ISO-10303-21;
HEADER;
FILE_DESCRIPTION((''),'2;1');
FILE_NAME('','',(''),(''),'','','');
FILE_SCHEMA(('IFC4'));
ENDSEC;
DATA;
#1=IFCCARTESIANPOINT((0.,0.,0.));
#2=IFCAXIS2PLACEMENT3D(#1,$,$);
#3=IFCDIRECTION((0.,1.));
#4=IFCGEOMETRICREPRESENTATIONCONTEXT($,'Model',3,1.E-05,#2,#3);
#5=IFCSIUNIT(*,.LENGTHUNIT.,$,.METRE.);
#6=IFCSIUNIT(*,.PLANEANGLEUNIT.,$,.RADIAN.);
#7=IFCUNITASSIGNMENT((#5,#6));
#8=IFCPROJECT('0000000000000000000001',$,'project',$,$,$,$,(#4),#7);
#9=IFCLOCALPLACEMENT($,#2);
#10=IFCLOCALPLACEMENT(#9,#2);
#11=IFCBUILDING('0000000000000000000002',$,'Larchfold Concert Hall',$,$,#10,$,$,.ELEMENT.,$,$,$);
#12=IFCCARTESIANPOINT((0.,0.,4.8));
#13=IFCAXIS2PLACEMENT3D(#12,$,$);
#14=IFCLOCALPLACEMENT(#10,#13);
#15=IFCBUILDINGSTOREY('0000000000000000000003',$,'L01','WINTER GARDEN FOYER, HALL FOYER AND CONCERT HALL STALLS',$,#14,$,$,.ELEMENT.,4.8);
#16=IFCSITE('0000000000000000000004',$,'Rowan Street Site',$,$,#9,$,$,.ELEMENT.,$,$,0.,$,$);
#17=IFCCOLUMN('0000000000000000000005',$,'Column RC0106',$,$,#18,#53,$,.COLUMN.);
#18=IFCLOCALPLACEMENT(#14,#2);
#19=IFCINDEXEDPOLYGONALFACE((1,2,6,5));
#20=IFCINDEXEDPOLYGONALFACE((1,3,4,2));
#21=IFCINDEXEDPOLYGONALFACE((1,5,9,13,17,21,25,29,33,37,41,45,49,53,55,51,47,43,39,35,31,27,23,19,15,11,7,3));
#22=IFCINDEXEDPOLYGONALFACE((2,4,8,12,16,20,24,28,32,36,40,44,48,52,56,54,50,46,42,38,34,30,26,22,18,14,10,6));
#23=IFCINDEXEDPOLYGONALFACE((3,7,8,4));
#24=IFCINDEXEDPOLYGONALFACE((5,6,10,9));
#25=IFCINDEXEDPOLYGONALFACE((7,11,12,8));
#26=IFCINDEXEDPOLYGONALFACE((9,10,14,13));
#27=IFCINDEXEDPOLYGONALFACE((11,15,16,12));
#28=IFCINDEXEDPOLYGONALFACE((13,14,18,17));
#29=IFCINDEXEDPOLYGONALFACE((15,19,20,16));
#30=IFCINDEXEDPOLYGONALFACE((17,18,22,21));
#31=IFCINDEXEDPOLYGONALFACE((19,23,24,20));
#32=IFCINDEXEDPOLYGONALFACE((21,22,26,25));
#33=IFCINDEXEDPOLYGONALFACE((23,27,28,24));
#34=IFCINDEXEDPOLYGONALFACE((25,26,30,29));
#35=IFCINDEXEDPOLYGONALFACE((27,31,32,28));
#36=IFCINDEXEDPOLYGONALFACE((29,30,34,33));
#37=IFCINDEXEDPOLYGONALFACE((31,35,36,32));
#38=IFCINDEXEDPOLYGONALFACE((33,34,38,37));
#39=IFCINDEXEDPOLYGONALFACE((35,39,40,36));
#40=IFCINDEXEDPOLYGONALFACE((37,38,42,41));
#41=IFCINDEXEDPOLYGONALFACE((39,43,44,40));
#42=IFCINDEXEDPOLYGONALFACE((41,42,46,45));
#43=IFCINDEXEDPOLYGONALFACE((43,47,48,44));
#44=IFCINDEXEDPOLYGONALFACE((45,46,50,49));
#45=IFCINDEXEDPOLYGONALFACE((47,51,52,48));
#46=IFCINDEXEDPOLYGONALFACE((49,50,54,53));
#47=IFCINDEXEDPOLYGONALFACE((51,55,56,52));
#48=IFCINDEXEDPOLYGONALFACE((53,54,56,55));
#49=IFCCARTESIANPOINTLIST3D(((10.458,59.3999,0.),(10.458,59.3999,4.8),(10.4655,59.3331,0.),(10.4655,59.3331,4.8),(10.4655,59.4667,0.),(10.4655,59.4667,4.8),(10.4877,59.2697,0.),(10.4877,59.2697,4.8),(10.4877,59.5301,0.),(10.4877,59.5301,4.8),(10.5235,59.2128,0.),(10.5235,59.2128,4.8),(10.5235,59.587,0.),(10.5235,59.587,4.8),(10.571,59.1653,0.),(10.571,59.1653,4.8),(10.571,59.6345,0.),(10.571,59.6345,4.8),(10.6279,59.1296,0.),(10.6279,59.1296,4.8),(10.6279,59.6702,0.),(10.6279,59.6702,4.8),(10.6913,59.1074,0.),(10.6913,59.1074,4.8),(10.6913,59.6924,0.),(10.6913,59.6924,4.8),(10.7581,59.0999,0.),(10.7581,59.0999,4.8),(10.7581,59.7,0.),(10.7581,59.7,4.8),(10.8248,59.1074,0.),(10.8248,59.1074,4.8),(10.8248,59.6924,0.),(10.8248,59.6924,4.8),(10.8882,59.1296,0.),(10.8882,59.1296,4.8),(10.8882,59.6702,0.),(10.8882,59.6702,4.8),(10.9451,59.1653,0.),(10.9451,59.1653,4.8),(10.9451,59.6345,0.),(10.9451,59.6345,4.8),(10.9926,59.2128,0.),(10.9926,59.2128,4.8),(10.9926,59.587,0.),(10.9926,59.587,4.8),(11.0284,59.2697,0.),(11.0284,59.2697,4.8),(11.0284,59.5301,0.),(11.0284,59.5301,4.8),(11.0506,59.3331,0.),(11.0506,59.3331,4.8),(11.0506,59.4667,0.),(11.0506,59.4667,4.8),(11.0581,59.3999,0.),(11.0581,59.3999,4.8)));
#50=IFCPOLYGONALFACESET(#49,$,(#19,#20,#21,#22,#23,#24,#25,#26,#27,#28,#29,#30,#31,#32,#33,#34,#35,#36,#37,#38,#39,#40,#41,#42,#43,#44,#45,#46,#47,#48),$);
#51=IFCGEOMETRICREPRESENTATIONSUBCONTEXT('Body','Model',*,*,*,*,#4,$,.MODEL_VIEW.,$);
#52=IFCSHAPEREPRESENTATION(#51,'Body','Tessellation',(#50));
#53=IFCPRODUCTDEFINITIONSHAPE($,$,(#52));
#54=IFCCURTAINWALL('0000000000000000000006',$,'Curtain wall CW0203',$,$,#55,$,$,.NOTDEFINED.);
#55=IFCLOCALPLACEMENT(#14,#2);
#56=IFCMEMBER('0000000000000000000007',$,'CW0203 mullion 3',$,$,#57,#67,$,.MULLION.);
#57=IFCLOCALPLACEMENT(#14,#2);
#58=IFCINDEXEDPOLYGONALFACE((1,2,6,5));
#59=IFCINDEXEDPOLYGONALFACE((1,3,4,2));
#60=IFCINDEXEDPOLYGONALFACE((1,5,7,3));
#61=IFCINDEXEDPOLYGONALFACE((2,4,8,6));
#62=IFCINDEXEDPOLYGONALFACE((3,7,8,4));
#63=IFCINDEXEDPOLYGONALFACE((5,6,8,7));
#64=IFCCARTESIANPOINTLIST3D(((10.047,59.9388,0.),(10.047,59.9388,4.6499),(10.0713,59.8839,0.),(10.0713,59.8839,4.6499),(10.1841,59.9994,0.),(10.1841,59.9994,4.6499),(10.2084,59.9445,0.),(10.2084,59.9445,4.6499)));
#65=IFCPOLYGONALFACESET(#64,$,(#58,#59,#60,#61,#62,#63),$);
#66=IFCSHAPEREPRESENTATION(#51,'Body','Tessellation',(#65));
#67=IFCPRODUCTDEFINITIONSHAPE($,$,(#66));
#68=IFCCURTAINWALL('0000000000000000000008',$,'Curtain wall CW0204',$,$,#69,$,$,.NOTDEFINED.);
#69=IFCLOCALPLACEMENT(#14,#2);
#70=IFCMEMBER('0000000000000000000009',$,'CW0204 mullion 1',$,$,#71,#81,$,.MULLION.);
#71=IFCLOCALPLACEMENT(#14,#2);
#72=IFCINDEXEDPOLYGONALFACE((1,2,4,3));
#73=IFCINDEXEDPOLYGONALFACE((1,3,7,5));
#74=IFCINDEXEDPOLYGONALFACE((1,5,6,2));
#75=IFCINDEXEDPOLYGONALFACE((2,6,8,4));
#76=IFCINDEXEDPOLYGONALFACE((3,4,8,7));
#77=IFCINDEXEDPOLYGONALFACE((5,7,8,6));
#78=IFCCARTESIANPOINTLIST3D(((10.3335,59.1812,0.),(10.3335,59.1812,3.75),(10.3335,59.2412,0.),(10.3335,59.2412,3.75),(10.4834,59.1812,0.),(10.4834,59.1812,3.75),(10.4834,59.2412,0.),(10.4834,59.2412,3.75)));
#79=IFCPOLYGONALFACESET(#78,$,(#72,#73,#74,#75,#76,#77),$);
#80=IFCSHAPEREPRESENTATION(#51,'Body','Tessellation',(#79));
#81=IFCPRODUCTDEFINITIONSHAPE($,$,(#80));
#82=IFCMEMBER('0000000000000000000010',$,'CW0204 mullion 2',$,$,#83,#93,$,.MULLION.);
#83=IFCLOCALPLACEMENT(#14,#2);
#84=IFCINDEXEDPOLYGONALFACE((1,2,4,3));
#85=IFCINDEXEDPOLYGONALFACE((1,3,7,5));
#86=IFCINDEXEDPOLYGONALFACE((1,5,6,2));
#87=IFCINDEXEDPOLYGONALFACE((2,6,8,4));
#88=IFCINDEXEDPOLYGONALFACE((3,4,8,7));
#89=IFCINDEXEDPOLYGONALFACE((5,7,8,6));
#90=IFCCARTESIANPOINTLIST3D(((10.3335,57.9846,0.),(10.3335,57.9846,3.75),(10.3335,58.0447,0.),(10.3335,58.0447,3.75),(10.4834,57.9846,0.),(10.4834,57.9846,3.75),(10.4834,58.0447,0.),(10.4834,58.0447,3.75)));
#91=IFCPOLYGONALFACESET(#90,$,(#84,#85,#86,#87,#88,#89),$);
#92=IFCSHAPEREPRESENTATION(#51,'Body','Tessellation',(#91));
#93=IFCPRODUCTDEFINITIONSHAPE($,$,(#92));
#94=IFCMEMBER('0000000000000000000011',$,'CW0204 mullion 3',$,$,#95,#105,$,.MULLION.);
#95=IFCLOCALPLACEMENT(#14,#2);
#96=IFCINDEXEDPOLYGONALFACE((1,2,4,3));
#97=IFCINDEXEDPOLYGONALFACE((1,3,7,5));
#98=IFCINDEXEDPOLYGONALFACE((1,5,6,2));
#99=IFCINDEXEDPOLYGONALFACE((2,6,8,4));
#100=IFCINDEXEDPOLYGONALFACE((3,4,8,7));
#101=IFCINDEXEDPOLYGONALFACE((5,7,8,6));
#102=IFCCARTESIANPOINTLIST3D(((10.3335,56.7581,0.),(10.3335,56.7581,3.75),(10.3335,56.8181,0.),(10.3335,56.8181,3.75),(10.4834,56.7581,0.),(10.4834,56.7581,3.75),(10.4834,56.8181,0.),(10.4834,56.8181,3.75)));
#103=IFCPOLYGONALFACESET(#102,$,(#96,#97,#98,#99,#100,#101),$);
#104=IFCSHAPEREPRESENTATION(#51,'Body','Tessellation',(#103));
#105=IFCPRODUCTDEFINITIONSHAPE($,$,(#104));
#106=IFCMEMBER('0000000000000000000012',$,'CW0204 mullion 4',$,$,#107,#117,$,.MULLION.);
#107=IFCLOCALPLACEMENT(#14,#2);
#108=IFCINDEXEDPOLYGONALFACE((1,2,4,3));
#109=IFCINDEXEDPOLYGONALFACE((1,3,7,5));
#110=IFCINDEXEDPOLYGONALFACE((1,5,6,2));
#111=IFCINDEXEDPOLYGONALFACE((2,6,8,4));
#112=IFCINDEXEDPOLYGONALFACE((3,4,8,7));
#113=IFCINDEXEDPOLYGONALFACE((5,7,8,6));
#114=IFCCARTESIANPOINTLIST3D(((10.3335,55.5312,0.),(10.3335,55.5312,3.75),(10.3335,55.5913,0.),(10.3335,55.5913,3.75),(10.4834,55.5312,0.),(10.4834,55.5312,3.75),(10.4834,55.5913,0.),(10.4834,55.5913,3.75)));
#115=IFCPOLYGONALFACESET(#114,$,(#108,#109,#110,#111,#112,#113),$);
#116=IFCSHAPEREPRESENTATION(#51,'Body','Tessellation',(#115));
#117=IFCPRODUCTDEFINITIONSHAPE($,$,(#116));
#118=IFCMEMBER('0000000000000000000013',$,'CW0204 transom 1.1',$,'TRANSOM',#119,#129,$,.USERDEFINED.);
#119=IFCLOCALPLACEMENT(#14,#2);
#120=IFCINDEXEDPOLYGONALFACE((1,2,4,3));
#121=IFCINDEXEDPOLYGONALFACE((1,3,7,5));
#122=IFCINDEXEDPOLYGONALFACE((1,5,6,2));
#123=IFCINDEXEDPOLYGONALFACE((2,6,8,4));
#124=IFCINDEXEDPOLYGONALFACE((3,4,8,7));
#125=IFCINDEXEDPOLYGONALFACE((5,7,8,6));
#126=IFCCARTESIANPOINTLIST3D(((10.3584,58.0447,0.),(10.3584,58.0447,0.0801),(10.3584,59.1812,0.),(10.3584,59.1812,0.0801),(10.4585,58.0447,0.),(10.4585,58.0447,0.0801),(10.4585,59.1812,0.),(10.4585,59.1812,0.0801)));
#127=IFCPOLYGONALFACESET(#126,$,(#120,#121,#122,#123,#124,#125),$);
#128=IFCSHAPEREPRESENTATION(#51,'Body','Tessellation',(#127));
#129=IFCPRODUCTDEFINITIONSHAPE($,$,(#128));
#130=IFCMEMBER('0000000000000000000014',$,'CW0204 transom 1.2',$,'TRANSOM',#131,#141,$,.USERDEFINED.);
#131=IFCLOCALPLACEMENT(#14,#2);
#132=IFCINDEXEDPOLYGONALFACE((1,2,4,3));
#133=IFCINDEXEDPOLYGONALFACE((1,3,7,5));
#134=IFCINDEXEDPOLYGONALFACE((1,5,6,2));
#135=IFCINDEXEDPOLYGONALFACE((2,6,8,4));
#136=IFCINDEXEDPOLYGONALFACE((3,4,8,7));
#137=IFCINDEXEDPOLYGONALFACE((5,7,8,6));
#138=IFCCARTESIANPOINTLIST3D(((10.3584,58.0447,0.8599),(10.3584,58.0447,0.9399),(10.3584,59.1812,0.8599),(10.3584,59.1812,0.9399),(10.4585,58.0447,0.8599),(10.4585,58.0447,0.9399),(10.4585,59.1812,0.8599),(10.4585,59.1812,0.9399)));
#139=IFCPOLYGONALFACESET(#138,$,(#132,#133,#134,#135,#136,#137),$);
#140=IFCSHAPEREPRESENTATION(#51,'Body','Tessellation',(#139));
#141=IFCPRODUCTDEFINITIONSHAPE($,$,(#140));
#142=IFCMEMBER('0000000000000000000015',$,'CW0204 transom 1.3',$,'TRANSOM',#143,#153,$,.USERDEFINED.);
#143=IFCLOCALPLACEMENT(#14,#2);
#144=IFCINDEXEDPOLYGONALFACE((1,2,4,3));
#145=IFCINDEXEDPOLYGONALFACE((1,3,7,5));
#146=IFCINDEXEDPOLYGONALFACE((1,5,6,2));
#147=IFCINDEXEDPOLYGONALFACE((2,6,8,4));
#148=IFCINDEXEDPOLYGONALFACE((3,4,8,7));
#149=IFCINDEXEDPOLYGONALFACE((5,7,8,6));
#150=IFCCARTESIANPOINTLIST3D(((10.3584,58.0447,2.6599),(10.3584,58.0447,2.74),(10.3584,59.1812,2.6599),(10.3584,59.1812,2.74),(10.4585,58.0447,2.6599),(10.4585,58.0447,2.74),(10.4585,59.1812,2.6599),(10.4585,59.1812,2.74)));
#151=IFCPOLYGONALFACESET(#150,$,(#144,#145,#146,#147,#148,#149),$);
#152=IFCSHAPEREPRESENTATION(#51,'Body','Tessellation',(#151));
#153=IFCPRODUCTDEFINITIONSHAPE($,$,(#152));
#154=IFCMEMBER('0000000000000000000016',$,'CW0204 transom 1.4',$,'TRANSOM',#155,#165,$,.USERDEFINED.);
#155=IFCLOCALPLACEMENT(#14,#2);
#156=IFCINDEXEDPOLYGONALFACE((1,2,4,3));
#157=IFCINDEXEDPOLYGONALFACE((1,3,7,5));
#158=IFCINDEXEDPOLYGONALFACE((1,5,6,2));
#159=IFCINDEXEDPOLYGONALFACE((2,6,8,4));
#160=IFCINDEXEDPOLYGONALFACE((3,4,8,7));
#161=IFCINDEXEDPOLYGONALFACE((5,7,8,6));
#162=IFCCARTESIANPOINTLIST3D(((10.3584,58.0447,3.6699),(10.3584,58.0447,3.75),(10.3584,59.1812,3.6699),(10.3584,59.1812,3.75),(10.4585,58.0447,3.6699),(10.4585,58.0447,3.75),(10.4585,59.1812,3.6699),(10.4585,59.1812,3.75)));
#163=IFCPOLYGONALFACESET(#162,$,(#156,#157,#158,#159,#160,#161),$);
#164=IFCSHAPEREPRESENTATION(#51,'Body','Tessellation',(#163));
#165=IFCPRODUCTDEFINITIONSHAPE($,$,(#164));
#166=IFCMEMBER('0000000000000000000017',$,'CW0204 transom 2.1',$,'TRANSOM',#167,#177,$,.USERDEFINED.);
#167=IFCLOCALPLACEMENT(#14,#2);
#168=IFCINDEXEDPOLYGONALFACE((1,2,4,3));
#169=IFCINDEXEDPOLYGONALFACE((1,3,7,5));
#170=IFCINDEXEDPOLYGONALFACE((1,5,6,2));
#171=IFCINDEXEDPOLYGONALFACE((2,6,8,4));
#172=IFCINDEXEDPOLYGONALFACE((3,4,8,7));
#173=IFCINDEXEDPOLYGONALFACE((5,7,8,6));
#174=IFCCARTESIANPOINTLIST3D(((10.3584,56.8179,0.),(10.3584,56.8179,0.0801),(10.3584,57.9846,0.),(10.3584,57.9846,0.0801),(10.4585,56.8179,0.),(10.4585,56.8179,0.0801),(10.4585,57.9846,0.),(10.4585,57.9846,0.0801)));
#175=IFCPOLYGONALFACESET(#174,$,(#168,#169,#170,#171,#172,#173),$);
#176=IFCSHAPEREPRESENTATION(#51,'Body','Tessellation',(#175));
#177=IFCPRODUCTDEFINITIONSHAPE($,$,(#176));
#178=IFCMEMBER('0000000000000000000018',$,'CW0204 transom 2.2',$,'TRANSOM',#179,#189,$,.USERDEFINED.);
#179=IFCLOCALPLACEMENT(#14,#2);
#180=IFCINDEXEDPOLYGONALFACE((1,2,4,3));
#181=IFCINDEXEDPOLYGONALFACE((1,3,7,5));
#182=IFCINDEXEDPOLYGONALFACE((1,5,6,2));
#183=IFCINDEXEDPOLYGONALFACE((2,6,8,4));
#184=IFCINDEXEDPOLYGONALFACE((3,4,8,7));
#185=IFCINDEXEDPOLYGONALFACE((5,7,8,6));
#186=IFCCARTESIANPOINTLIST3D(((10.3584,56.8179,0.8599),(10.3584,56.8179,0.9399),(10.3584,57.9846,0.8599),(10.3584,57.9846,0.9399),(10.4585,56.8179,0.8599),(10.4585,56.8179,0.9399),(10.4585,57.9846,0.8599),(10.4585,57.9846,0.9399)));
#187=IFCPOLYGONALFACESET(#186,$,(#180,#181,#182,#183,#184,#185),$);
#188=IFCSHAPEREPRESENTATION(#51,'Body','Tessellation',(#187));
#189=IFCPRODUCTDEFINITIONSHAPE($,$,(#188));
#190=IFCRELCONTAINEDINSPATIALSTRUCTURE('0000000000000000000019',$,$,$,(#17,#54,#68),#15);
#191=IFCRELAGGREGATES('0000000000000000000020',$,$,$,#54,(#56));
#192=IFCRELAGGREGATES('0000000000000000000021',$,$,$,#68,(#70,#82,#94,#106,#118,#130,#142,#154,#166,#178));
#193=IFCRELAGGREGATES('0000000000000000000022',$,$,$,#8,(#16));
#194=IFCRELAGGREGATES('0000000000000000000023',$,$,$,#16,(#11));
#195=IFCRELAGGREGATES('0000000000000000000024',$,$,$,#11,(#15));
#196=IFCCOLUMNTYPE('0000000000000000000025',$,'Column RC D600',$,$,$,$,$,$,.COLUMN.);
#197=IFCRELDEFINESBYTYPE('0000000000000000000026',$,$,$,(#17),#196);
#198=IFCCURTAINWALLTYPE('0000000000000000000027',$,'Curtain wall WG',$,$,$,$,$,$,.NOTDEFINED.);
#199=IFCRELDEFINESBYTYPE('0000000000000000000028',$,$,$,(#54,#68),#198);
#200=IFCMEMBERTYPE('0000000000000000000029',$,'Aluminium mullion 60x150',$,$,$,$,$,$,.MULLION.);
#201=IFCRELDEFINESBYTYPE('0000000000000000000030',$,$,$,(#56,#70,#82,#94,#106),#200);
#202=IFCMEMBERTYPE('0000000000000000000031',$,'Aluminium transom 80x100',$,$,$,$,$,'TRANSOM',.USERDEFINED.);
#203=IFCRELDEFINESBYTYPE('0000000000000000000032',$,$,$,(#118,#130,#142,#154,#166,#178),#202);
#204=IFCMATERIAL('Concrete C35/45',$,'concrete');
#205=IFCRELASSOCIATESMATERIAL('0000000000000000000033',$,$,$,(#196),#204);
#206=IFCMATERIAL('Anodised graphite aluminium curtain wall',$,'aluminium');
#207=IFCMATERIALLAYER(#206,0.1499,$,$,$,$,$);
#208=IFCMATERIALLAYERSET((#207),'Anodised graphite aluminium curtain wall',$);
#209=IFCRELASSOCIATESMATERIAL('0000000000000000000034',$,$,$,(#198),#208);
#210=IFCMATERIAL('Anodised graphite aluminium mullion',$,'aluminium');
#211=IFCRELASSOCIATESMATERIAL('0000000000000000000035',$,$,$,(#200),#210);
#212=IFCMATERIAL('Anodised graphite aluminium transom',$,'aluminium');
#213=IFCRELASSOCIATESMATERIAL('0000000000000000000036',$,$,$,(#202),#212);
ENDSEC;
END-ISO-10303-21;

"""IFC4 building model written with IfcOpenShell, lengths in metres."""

from ifc_helpers import new_model, si_unit, direction, frame, origin, origin_2d, place, context, subcontext, project, spatial, rectangle, circle, extrude, material, layer, layer_set, material_profile, profile_set, type_object, element, aggregate, save


model = new_model("IFC4")

# Units and contexts
model_context = context("Model", 3, precision=1e-05, world=origin(), true_north=direction((0.0, 1.0)))
body_context = subcontext(model_context, "Body", "Model", "MODEL_VIEW")
ifc_project = project(units=[si_unit("LENGTHUNIT", "METRE"), si_unit("PLANEANGLEUNIT", "RADIAN")], contexts=[model_context])

# Site, building, storey
site_placement = place(None, origin())
site = spatial("IfcSite", under=ifc_project, at=site_placement, Name="Rowan Street Site", CompositionType="ELEMENT", RefElevation=0.0)
building_placement = place(site_placement, origin())
building = spatial("IfcBuilding", under=site, at=building_placement, Name="Larchfold Concert Hall", CompositionType="ELEMENT")
storey_placement = place(building_placement, frame((0.0, 0.0, 4.8)))
storey = spatial("IfcBuildingStorey", under=building, at=storey_placement, Name="L01", Description="WINTER GARDEN FOYER, HALL FOYER AND CONCERT HALL STALLS", CompositionType="ELEMENT", Elevation=4.8)

# Column
ifc_material_1 = material(Name="Concrete C35/45", Category="concrete")
ifc_material_profile_1 = material_profile(ifc_material_1, circle(Radius=0.3, at=origin_2d()))
ifc_profile_set_1 = profile_set([ifc_material_profile_1], Name="Concrete C35/45")
column_type = type_object("IfcColumnType", Name="Column RC D600", PredefinedType="COLUMN", material=ifc_profile_set_1)
column_placement = place(storey_placement, frame((10.7581, 59.3999, 0.0), z_axis=(0.0, 0.0, 1.0), x_axis=(1.0, 0.0, 0.0)))
element("IfcColumn", 1, at=column_placement, inside=storey, type_object=column_type, Name="Column RC0106", PredefinedType="COLUMN", context=body_context, shape_type="SweptSolid", body=[
    extrude(circle(Radius=0.3, at=origin_2d()), origin(), (0.0, 0.0, 1.0), 4.8),
])

# Curtain wall, member
ifc_material_2 = material(Name="Anodised graphite aluminium curtain wall", Category="aluminium")
ifc_layer_1 = layer(ifc_material_2, 0.1499)
ifc_layer_set_1 = layer_set([ifc_layer_1], Name="Anodised graphite aluminium curtain wall")
curtain_wall_type = type_object("IfcCurtainWallType", Name="Curtain wall WG", PredefinedType="NOTDEFINED", material=ifc_layer_set_1)
curtain_wall_1_placement = place(storey_placement, origin())
curtain_wall_1 = element("IfcCurtainWall", 2, at=curtain_wall_1_placement, inside=storey, type_object=curtain_wall_type, Name="Curtain wall CW0203", PredefinedType="NOTDEFINED")
ifc_material_3 = material(Name="Anodised graphite aluminium mullion", Category="aluminium")
ifc_material_profile_2 = material_profile(ifc_material_3, rectangle(XDim=0.1499, YDim=0.0601, at=origin_2d()))
ifc_profile_set_2 = profile_set([ifc_material_profile_2], Name="Anodised graphite aluminium mullion")
member_type_1 = type_object("IfcMemberType", Name="Aluminium mullion 60x150", PredefinedType="MULLION", material=ifc_profile_set_2)
member_1_placement = place(storey_placement, frame((10.1277, 59.9417, 0.0), z_axis=(0.0, 0.0, 1.0), x_axis=(0.914703, 0.404126, 0.0)))
member_1 = element("IfcMember", 3, at=member_1_placement, type_object=member_type_1, Name="CW0203 mullion 3", PredefinedType="MULLION", context=body_context, shape_type="SweptSolid", body=[
    extrude(rectangle(XDim=0.1499, YDim=0.0601, at=origin_2d()), origin(), (0.0, 0.0, 1.0), 4.6499),
])
aggregate(curtain_wall_1, [member_1])

# Curtain wall, members
curtain_wall_2_placement = place(storey_placement, origin())
curtain_wall_2 = element("IfcCurtainWall", 4, at=curtain_wall_2_placement, inside=storey, type_object=curtain_wall_type, Name="Curtain wall CW0204", PredefinedType="NOTDEFINED")
member_2_placement = place(storey_placement, frame((10.4084, 59.2112, 0.0), z_axis=(0.0, 0.0, 1.0), x_axis=(1.0, 0.0, 0.0)))
member_2 = element("IfcMember", 5, at=member_2_placement, type_object=member_type_1, Name="CW0204 mullion 1", PredefinedType="MULLION", context=body_context, shape_type="SweptSolid", body=[
    extrude(rectangle(XDim=0.1499, YDim=0.0601, at=origin_2d()), origin(), (0.0, 0.0, 1.0), 3.75),
])
member_3_placement = place(storey_placement, frame((10.4084, 58.0146, 0.0), z_axis=(0.0, 0.0, 1.0), x_axis=(1.0, 0.0, 0.0)))
member_3 = element("IfcMember", 6, at=member_3_placement, type_object=member_type_1, Name="CW0204 mullion 2", PredefinedType="MULLION", context=body_context, shape_type="SweptSolid", body=[
    extrude(rectangle(XDim=0.1499, YDim=0.0601, at=origin_2d()), origin(), (0.0, 0.0, 1.0), 3.75),
])
member_4_placement = place(storey_placement, frame((10.4084, 56.7881, 0.0), z_axis=(0.0, 0.0, 1.0), x_axis=(1.0, 0.0, 0.0)))
member_4 = element("IfcMember", 7, at=member_4_placement, type_object=member_type_1, Name="CW0204 mullion 3", PredefinedType="MULLION", context=body_context, shape_type="SweptSolid", body=[
    extrude(rectangle(XDim=0.1499, YDim=0.0601, at=origin_2d()), origin(), (0.0, 0.0, 1.0), 3.75),
])
member_5_placement = place(storey_placement, frame((10.4084, 55.5613, 0.0), z_axis=(0.0, 0.0, 1.0), x_axis=(1.0, 0.0, 0.0)))
member_5 = element("IfcMember", 8, at=member_5_placement, type_object=member_type_1, Name="CW0204 mullion 4", PredefinedType="MULLION", context=body_context, shape_type="SweptSolid", body=[
    extrude(rectangle(XDim=0.1499, YDim=0.0601, at=origin_2d()), origin(), (0.0, 0.0, 1.0), 3.75),
])
ifc_material_4 = material(Name="Anodised graphite aluminium transom", Category="aluminium")
ifc_material_profile_3 = material_profile(ifc_material_4, rectangle(XDim=0.1001, YDim=0.0801, at=origin_2d()))
ifc_profile_set_3 = profile_set([ifc_material_profile_3], Name="Anodised graphite aluminium transom")
member_type_2 = type_object("IfcMemberType", Name="Aluminium transom 80x100", ElementType="TRANSOM", PredefinedType="USERDEFINED", material=ifc_profile_set_3)
member_6_placement = place(storey_placement, frame((10.4084, 59.1812, 0.04), z_axis=(0.0, -1.0, 0.0), x_axis=(1.0, 0.0, 0.0)))
member_6 = element("IfcMember", 9, at=member_6_placement, type_object=member_type_2, Name="CW0204 transom 1.1", ObjectType="TRANSOM", PredefinedType="USERDEFINED", context=body_context, shape_type="SweptSolid", body=[
    extrude(rectangle(XDim=0.1001, YDim=0.0801, at=origin_2d()), origin(), (0.0, 0.0, 1.0), 1.1365),
])
member_7_placement = place(storey_placement, frame((10.4084, 59.1812, 0.8999), z_axis=(0.0, -1.0, 0.0), x_axis=(1.0, 0.0, 0.0)))
member_7 = element("IfcMember", 10, at=member_7_placement, type_object=member_type_2, Name="CW0204 transom 1.2", ObjectType="TRANSOM", PredefinedType="USERDEFINED", context=body_context, shape_type="SweptSolid", body=[
    extrude(rectangle(XDim=0.1001, YDim=0.0801, at=origin_2d()), origin(), (0.0, 0.0, 1.0), 1.1365),
])
member_8_placement = place(storey_placement, frame((10.4084, 59.1812, 2.7), z_axis=(0.0, -1.0, 0.0), x_axis=(1.0, 0.0, 0.0)))
member_8 = element("IfcMember", 11, at=member_8_placement, type_object=member_type_2, Name="CW0204 transom 1.3", ObjectType="TRANSOM", PredefinedType="USERDEFINED", context=body_context, shape_type="SweptSolid", body=[
    extrude(rectangle(XDim=0.1001, YDim=0.0801, at=origin_2d()), origin(), (0.0, 0.0, 1.0), 1.1365),
])
member_9_placement = place(storey_placement, frame((10.4084, 59.1812, 3.71), z_axis=(0.0, -1.0, 0.0), x_axis=(1.0, 0.0, 0.0)))
member_9 = element("IfcMember", 12, at=member_9_placement, type_object=member_type_2, Name="CW0204 transom 1.4", ObjectType="TRANSOM", PredefinedType="USERDEFINED", context=body_context, shape_type="SweptSolid", body=[
    extrude(rectangle(XDim=0.1001, YDim=0.0801, at=origin_2d()), origin(), (0.0, 0.0, 1.0), 1.1365),
])
member_10_placement = place(storey_placement, frame((10.4084, 57.9846, 0.04), z_axis=(0.0, -1.0, 0.0), x_axis=(1.0, 0.0, 0.0)))
member_10 = element("IfcMember", 13, at=member_10_placement, type_object=member_type_2, Name="CW0204 transom 2.1", ObjectType="TRANSOM", PredefinedType="USERDEFINED", context=body_context, shape_type="SweptSolid", body=[
    extrude(rectangle(XDim=0.1001, YDim=0.0801, at=origin_2d()), origin(), (0.0, 0.0, 1.0), 1.1667),
])
member_11_placement = place(storey_placement, frame((10.4084, 57.9846, 0.8999), z_axis=(0.0, -1.0, 0.0), x_axis=(1.0, 0.0, 0.0)))
member_11 = element("IfcMember", 14, at=member_11_placement, type_object=member_type_2, Name="CW0204 transom 2.2", ObjectType="TRANSOM", PredefinedType="USERDEFINED", context=body_context, shape_type="SweptSolid", body=[
    extrude(rectangle(XDim=0.1001, YDim=0.0801, at=origin_2d()), origin(), (0.0, 0.0, 1.0), 1.1667),
])

aggregate(curtain_wall_2, [member_2, member_3, member_4, member_5, member_6, member_7, member_8, member_9, member_10, member_11])

save(model, "model.ifc")
